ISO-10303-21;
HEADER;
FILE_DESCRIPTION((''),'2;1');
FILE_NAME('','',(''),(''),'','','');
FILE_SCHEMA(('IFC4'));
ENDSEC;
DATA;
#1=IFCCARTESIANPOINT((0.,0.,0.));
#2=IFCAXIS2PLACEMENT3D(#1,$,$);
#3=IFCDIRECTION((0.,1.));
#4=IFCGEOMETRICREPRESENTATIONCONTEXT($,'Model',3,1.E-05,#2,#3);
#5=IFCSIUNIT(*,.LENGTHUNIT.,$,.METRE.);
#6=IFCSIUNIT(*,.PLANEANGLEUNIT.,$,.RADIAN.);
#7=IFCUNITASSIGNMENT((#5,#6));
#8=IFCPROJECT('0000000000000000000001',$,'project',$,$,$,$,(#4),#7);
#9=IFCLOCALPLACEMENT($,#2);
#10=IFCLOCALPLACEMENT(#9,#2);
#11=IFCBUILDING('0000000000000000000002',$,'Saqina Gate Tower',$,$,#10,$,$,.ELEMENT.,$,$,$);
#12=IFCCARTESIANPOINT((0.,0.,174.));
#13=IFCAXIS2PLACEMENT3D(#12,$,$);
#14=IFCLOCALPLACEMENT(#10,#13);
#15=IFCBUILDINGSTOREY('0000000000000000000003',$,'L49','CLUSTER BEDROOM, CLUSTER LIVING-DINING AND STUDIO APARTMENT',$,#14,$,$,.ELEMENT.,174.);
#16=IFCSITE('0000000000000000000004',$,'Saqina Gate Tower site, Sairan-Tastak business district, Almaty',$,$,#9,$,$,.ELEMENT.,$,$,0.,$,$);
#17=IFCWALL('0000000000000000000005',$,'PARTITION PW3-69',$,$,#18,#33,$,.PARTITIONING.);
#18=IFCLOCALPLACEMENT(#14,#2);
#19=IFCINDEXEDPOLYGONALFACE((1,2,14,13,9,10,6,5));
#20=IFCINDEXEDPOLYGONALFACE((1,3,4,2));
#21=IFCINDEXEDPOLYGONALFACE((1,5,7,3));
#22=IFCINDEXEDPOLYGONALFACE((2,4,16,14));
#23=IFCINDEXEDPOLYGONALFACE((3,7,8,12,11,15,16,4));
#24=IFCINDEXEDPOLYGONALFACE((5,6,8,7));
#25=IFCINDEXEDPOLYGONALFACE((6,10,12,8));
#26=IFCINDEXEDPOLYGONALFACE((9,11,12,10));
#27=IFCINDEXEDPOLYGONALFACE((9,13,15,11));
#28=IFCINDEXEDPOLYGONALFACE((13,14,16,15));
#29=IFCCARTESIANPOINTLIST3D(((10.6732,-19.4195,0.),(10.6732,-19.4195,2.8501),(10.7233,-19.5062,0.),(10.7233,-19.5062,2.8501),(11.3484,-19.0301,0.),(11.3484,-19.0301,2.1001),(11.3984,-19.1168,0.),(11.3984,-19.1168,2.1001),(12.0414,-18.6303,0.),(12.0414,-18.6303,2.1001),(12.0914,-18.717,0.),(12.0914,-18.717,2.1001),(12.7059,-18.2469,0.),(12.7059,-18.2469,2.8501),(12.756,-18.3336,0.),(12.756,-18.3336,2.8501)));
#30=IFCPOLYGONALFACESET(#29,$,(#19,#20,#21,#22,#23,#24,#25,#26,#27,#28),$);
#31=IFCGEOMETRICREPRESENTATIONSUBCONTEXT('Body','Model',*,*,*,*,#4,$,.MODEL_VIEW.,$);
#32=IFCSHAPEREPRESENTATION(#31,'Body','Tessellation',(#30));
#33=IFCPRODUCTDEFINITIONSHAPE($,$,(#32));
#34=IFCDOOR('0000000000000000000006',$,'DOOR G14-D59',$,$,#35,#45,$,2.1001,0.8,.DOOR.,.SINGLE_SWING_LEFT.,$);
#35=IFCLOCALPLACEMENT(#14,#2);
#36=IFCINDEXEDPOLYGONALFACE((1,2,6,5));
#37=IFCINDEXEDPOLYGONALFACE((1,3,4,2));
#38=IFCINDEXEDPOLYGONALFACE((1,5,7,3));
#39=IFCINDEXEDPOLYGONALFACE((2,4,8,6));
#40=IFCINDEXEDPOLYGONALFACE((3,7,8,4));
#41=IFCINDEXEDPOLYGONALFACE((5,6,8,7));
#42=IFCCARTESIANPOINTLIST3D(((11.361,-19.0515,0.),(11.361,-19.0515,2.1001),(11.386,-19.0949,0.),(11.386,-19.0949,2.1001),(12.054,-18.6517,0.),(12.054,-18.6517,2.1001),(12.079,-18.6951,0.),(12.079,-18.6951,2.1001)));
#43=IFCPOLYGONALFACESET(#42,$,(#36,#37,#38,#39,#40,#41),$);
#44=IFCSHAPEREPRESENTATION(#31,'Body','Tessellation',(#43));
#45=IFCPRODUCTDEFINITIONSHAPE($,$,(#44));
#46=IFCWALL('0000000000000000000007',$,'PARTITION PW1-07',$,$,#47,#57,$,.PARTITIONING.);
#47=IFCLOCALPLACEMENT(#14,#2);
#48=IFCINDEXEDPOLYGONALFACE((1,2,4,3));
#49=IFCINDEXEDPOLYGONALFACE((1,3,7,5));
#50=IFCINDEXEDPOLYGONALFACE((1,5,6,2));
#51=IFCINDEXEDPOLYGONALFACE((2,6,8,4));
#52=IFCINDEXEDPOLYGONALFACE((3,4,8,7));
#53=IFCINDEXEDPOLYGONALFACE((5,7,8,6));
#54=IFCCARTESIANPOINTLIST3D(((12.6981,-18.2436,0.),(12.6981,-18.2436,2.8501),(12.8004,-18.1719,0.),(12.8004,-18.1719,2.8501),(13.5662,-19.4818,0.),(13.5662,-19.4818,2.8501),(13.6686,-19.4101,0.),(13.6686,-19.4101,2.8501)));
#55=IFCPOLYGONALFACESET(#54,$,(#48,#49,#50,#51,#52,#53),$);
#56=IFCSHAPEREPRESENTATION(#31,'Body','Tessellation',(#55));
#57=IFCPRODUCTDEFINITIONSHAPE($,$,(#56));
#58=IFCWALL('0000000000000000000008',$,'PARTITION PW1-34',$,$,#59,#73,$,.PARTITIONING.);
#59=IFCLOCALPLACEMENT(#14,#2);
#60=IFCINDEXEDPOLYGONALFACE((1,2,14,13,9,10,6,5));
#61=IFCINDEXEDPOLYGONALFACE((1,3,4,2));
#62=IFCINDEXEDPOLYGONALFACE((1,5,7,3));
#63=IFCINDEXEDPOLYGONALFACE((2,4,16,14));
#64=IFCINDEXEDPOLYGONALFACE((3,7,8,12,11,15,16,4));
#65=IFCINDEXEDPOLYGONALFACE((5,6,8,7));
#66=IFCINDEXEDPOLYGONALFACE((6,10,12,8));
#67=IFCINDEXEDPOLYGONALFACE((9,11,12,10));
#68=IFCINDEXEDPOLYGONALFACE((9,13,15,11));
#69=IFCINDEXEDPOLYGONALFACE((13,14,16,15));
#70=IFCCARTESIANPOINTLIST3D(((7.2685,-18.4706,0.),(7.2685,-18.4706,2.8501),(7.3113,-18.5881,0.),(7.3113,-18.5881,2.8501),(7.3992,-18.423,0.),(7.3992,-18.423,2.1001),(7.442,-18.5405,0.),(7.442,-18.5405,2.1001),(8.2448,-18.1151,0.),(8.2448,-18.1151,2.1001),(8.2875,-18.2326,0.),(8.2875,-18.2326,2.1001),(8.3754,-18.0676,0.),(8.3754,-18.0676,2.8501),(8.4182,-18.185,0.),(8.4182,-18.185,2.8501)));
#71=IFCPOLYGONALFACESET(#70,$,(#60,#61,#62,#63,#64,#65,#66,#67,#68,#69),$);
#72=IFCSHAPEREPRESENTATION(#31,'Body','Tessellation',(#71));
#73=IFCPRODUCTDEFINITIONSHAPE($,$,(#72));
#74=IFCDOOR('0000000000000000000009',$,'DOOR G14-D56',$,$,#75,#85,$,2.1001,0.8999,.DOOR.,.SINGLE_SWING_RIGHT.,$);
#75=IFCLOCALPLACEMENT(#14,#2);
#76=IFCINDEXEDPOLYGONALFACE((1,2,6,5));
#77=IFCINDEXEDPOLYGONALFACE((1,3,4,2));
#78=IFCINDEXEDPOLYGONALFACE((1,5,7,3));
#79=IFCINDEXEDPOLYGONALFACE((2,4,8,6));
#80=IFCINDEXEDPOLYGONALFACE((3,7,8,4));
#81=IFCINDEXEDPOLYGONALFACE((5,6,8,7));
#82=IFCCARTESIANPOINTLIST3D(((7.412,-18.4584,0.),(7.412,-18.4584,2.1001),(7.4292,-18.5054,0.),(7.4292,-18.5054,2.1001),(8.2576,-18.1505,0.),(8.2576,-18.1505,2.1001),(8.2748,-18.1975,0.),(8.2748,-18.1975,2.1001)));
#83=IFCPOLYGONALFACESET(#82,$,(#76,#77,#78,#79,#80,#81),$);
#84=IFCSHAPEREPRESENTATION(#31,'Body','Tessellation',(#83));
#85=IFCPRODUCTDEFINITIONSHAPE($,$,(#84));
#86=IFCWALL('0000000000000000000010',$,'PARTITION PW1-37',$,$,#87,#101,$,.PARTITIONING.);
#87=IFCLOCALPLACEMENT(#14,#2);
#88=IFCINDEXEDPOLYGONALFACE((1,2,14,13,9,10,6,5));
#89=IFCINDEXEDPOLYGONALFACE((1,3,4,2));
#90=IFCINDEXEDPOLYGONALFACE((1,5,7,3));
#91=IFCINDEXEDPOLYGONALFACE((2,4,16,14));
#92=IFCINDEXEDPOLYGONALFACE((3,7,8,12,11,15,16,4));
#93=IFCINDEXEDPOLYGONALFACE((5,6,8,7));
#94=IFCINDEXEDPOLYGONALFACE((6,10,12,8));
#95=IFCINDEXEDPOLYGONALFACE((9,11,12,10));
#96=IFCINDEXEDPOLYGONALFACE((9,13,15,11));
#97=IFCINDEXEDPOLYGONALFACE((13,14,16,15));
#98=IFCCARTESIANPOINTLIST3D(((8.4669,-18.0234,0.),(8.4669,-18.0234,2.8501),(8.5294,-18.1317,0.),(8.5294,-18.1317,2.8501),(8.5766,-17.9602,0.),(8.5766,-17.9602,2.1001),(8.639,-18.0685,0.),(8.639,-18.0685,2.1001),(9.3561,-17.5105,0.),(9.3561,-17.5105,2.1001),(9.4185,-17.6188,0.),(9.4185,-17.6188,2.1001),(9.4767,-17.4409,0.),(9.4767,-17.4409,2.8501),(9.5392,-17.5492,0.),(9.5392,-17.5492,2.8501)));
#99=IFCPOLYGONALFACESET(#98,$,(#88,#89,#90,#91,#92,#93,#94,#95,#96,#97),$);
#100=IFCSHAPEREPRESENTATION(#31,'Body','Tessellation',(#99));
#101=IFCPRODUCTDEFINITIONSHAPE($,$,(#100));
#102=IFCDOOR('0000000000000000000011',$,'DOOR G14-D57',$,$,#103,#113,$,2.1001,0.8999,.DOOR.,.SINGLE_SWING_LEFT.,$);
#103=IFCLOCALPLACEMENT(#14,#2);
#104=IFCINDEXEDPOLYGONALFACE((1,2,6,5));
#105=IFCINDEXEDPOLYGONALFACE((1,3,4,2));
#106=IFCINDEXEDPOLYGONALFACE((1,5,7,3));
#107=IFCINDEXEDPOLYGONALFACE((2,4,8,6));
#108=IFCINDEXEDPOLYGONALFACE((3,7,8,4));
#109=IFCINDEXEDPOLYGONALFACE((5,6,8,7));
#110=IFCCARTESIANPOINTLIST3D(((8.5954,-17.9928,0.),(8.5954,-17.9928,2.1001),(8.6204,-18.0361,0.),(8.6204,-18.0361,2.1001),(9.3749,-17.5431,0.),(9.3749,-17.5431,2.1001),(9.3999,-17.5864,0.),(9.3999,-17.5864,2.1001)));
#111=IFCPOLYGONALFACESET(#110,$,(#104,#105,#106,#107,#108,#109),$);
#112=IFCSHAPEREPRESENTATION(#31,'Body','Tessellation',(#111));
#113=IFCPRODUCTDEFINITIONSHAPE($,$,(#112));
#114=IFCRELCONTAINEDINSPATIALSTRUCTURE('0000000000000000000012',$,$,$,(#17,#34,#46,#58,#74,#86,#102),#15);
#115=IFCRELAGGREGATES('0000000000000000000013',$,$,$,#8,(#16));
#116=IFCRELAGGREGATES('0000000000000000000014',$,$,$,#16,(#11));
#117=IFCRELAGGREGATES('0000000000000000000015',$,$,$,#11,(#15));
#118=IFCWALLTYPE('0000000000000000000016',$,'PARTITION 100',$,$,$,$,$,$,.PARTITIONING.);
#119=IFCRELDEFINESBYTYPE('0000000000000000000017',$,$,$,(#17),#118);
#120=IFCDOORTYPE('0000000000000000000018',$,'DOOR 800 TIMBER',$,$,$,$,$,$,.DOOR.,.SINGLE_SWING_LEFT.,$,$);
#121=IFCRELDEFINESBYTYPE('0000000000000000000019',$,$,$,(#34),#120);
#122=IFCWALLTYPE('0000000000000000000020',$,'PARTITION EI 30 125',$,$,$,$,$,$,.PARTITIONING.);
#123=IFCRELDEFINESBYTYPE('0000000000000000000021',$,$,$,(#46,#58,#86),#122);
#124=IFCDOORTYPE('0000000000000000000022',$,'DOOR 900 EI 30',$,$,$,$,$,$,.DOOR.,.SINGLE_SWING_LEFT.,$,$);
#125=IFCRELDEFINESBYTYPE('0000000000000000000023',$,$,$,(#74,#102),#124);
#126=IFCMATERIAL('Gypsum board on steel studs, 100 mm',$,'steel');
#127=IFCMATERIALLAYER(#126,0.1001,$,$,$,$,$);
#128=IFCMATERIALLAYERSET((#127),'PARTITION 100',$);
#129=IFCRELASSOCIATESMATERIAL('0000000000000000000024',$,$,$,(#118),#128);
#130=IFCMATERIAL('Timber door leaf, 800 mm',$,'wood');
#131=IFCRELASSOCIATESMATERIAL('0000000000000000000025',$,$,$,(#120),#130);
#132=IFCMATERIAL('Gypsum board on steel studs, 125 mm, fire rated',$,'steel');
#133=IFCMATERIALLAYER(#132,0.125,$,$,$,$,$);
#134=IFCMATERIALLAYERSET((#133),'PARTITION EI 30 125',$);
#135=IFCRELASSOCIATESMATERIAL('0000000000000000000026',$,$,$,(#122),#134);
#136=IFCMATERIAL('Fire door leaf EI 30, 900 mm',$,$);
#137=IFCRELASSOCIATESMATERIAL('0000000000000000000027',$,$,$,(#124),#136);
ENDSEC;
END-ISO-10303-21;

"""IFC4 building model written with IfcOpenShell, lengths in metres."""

from ifc_helpers import new_model, si_unit, direction, frame, frame_2d, origin, place, context, subcontext, project, spatial, rectangle, extrude, material, layer, layer_set, type_object, element, fill, save


model = new_model("IFC4")

# Units and contexts
model_context = context("Model", 3, precision=1e-05, world=origin(), true_north=direction((0.0, 1.0)))
body_context = subcontext(model_context, "Body", "Model", "MODEL_VIEW")
ifc_project = project(units=[si_unit("LENGTHUNIT", "METRE"), si_unit("PLANEANGLEUNIT", "RADIAN")], contexts=[model_context])

# Site, building, storey
site_placement = place(None, origin())
site = spatial("IfcSite", under=ifc_project, at=site_placement, Name="Saqina Gate Tower site, Sairan-Tastak business district, Almaty", CompositionType="ELEMENT", RefElevation=0.0)
building_placement = place(site_placement, origin())
building = spatial("IfcBuilding", under=site, at=building_placement, Name="Saqina Gate Tower", CompositionType="ELEMENT")
storey_placement = place(building_placement, frame((0.0, 0.0, 174.0)))
storey = spatial("IfcBuildingStorey", under=building, at=storey_placement, Name="L49", Description="CLUSTER BEDROOM, CLUSTER LIVING-DINING AND STUDIO APARTMENT", CompositionType="ELEMENT", Elevation=174.0)

# Shared definitions
ifc_material_1 = material(Name="Gypsum board on steel studs, 100 mm", Category="steel")
ifc_layer_1 = layer(ifc_material_1, 0.1001)
ifc_layer_set_1 = layer_set([ifc_layer_1], Name="PARTITION 100")
wall_type_1 = type_object("IfcWallType", Name="PARTITION 100", PredefinedType="PARTITIONING", material=ifc_layer_set_1)

# Shared definitions
ifc_material_2 = material(Name="Timber door leaf, 800 mm", Category="wood")
door_type_1 = type_object("IfcDoorType", Name="DOOR 800 TIMBER", OperationType="SINGLE_SWING_LEFT", PredefinedType="DOOR", material=ifc_material_2)

# Wall, opening, door
wall_1_placement = place(storey_placement, frame((10.6982, -19.4629, 0.0), z_axis=(0.0, 0.0, 1.0), x_axis=(0.866206, 0.499686, 0.0)))
wall_1 = element("IfcWall", 1, at=wall_1_placement, inside=storey, type_object=wall_type_1, Name="PARTITION PW3-69", PredefinedType="PARTITIONING", context=body_context, shape_type="SweptSolid", body=[
    extrude(rectangle(XDim=2.3467, YDim=0.1001, at=frame_2d((1.1733, 0.0))), origin(), (0.0, 0.0, 1.0), 2.8501),
])
opening_1_placement = place(wall_1_placement, frame((0.7795, 0.0, 0.0)))
opening_1 = element("IfcOpeningElement", 2, at=opening_1_placement, cuts=wall_1, PredefinedType="OPENING", context=body_context, shape_type="SweptSolid", body=[
    extrude(rectangle(XDim=0.8, YDim=2.1001, at=frame_2d((0.3999, 1.05))), frame((0.0, 0.062, 0.0), z_axis=(0.0, -1.0, 0.0), x_axis=(1.0, 0.0, 0.0)), (0.0, 0.0, 1.0), 0.124),
])
door_1_placement = place(opening_1_placement, frame((0.8, 0.0, 0.0), z_axis=(0.0, 0.0, 1.0), x_axis=(-1.0, 0.0, 0.0)))
door_1 = element("IfcDoor", 3, at=door_1_placement, inside=storey, type_object=door_type_1, Name="DOOR G14-D59", OperationType="SINGLE_SWING_LEFT", OverallHeight=2.1001, OverallWidth=0.8, PredefinedType="DOOR", context=body_context, shape_type="SweptSolid", body=[
    extrude(rectangle(XDim=0.8, YDim=2.1001, at=frame_2d((0.3999, 1.05))), frame((0.0, 0.0249, 0.0), z_axis=(0.0, -1.0, 0.0), x_axis=(1.0, 0.0, 0.0)), (0.0, 0.0, 1.0), 0.05),
])
fill(opening_1, door_1)

# Wall
ifc_material_3 = material(Name="Gypsum board on steel studs, 125 mm, fire rated", Category="steel")
ifc_layer_2 = layer(ifc_material_3, 0.125)
ifc_layer_set_2 = layer_set([ifc_layer_2], Name="PARTITION EI 30 125")
wall_type_2 = type_object("IfcWallType", Name="PARTITION EI 30 125", PredefinedType="PARTITIONING", material=ifc_layer_set_2)
wall_2_placement = place(storey_placement, frame((12.7493, -18.2078, 0.0), z_axis=(0.0, 0.0, 1.0), x_axis=(0.574069, -0.818807, 0.0)))
element("IfcWall", 4, at=wall_2_placement, inside=storey, type_object=wall_type_2, Name="PARTITION PW1-07", PredefinedType="PARTITIONING", context=body_context, shape_type="SweptSolid", body=[
    extrude(rectangle(XDim=1.5122, YDim=0.125, at=frame_2d((0.7561, 0.0))), origin(), (0.0, 0.0, 1.0), 2.8501),
])

# Walls, openings, doors
wall_3_placement = place(storey_placement, frame((7.29, -18.5293, 0.0), z_axis=(0.0, 0.0, 1.0), x_axis=(0.939642, 0.342159, 0.0)))
wall_3 = element("IfcWall", 5, at=wall_3_placement, inside=storey, type_object=wall_type_2, Name="PARTITION PW1-34", PredefinedType="PARTITIONING", context=body_context, shape_type="SweptSolid", body=[
    extrude(rectangle(XDim=1.178, YDim=0.125, at=frame_2d((0.5889, 0.0))), origin(), (0.0, 0.0, 1.0), 2.8501),
])
opening_2_placement = place(wall_3_placement, frame((0.1389, 0.0, 0.0)))
opening_2 = element("IfcOpeningElement", 6, at=opening_2_placement, cuts=wall_3, PredefinedType="OPENING", context=body_context, shape_type="SweptSolid", body=[
    extrude(rectangle(XDim=0.8999, YDim=2.1001, at=frame_2d((0.45, 1.05))), frame((0.0, 0.0745, 0.0), z_axis=(0.0, -1.0, 0.0), x_axis=(1.0, 0.0, 0.0)), (0.0, 0.0, 1.0), 0.1489),
])
ifc_material_4 = material(Name="Fire door leaf EI 30, 900 mm")
door_type_2 = type_object("IfcDoorType", Name="DOOR 900 EI 30", OperationType="SINGLE_SWING_LEFT", PredefinedType="DOOR", material=ifc_material_4)
door_2_placement = place(opening_2_placement, origin())
door_2 = element("IfcDoor", 7, at=door_2_placement, inside=storey, type_object=door_type_2, Name="DOOR G14-D56", OperationType="SINGLE_SWING_RIGHT", OverallHeight=2.1001, OverallWidth=0.8999, PredefinedType="DOOR", context=body_context, shape_type="SweptSolid", body=[
    extrude(rectangle(XDim=0.8999, YDim=2.1001, at=frame_2d((0.45, 1.05))), frame((0.0, 0.0249, 0.0), z_axis=(0.0, -1.0, 0.0), x_axis=(1.0, 0.0, 0.0)), (0.0, 0.0, 1.0), 0.05),
])
fill(opening_2, door_2)
wall_4_placement = place(storey_placement, frame((8.498, -18.0776, 0.0), z_axis=(0.0, 0.0, 1.0), x_axis=(0.8662, 0.499698, 0.0)))
wall_4 = element("IfcWall", 8, at=wall_4_placement, inside=storey, type_object=wall_type_2, Name="PARTITION PW1-37", PredefinedType="PARTITIONING", context=body_context, shape_type="SweptSolid", body=[
    extrude(rectangle(XDim=1.1658, YDim=0.125, at=frame_2d((0.583, 0.0))), origin(), (0.0, 0.0, 1.0), 2.8501),
])
opening_3_placement = place(wall_4_placement, frame((0.1267, 0.0, 0.0)))
opening_3 = element("IfcOpeningElement", 9, at=opening_3_placement, cuts=wall_4, PredefinedType="OPENING", context=body_context, shape_type="SweptSolid", body=[
    extrude(rectangle(XDim=0.8999, YDim=2.1001, at=frame_2d((0.45, 1.05))), frame((0.0, 0.0745, 0.0), z_axis=(0.0, -1.0, 0.0), x_axis=(1.0, 0.0, 0.0)), (0.0, 0.0, 1.0), 0.1489),
])
door_3_placement = place(opening_3_placement, origin())
door_3 = element("IfcDoor", 10, at=door_3_placement, inside=storey, type_object=door_type_2, Name="DOOR G14-D57", OperationType="SINGLE_SWING_LEFT", OverallHeight=2.1001, OverallWidth=0.8999, PredefinedType="DOOR", context=body_context, shape_type="SweptSolid", body=[
    extrude(rectangle(XDim=0.8999, YDim=2.1001, at=frame_2d((0.45, 1.05))), frame((0.0, 0.0249, 0.0), z_axis=(0.0, -1.0, 0.0), x_axis=(1.0, 0.0, 0.0)), (0.0, 0.0, 1.0), 0.05),
])
fill(opening_3, door_3)

save(model, "model.ifc")
